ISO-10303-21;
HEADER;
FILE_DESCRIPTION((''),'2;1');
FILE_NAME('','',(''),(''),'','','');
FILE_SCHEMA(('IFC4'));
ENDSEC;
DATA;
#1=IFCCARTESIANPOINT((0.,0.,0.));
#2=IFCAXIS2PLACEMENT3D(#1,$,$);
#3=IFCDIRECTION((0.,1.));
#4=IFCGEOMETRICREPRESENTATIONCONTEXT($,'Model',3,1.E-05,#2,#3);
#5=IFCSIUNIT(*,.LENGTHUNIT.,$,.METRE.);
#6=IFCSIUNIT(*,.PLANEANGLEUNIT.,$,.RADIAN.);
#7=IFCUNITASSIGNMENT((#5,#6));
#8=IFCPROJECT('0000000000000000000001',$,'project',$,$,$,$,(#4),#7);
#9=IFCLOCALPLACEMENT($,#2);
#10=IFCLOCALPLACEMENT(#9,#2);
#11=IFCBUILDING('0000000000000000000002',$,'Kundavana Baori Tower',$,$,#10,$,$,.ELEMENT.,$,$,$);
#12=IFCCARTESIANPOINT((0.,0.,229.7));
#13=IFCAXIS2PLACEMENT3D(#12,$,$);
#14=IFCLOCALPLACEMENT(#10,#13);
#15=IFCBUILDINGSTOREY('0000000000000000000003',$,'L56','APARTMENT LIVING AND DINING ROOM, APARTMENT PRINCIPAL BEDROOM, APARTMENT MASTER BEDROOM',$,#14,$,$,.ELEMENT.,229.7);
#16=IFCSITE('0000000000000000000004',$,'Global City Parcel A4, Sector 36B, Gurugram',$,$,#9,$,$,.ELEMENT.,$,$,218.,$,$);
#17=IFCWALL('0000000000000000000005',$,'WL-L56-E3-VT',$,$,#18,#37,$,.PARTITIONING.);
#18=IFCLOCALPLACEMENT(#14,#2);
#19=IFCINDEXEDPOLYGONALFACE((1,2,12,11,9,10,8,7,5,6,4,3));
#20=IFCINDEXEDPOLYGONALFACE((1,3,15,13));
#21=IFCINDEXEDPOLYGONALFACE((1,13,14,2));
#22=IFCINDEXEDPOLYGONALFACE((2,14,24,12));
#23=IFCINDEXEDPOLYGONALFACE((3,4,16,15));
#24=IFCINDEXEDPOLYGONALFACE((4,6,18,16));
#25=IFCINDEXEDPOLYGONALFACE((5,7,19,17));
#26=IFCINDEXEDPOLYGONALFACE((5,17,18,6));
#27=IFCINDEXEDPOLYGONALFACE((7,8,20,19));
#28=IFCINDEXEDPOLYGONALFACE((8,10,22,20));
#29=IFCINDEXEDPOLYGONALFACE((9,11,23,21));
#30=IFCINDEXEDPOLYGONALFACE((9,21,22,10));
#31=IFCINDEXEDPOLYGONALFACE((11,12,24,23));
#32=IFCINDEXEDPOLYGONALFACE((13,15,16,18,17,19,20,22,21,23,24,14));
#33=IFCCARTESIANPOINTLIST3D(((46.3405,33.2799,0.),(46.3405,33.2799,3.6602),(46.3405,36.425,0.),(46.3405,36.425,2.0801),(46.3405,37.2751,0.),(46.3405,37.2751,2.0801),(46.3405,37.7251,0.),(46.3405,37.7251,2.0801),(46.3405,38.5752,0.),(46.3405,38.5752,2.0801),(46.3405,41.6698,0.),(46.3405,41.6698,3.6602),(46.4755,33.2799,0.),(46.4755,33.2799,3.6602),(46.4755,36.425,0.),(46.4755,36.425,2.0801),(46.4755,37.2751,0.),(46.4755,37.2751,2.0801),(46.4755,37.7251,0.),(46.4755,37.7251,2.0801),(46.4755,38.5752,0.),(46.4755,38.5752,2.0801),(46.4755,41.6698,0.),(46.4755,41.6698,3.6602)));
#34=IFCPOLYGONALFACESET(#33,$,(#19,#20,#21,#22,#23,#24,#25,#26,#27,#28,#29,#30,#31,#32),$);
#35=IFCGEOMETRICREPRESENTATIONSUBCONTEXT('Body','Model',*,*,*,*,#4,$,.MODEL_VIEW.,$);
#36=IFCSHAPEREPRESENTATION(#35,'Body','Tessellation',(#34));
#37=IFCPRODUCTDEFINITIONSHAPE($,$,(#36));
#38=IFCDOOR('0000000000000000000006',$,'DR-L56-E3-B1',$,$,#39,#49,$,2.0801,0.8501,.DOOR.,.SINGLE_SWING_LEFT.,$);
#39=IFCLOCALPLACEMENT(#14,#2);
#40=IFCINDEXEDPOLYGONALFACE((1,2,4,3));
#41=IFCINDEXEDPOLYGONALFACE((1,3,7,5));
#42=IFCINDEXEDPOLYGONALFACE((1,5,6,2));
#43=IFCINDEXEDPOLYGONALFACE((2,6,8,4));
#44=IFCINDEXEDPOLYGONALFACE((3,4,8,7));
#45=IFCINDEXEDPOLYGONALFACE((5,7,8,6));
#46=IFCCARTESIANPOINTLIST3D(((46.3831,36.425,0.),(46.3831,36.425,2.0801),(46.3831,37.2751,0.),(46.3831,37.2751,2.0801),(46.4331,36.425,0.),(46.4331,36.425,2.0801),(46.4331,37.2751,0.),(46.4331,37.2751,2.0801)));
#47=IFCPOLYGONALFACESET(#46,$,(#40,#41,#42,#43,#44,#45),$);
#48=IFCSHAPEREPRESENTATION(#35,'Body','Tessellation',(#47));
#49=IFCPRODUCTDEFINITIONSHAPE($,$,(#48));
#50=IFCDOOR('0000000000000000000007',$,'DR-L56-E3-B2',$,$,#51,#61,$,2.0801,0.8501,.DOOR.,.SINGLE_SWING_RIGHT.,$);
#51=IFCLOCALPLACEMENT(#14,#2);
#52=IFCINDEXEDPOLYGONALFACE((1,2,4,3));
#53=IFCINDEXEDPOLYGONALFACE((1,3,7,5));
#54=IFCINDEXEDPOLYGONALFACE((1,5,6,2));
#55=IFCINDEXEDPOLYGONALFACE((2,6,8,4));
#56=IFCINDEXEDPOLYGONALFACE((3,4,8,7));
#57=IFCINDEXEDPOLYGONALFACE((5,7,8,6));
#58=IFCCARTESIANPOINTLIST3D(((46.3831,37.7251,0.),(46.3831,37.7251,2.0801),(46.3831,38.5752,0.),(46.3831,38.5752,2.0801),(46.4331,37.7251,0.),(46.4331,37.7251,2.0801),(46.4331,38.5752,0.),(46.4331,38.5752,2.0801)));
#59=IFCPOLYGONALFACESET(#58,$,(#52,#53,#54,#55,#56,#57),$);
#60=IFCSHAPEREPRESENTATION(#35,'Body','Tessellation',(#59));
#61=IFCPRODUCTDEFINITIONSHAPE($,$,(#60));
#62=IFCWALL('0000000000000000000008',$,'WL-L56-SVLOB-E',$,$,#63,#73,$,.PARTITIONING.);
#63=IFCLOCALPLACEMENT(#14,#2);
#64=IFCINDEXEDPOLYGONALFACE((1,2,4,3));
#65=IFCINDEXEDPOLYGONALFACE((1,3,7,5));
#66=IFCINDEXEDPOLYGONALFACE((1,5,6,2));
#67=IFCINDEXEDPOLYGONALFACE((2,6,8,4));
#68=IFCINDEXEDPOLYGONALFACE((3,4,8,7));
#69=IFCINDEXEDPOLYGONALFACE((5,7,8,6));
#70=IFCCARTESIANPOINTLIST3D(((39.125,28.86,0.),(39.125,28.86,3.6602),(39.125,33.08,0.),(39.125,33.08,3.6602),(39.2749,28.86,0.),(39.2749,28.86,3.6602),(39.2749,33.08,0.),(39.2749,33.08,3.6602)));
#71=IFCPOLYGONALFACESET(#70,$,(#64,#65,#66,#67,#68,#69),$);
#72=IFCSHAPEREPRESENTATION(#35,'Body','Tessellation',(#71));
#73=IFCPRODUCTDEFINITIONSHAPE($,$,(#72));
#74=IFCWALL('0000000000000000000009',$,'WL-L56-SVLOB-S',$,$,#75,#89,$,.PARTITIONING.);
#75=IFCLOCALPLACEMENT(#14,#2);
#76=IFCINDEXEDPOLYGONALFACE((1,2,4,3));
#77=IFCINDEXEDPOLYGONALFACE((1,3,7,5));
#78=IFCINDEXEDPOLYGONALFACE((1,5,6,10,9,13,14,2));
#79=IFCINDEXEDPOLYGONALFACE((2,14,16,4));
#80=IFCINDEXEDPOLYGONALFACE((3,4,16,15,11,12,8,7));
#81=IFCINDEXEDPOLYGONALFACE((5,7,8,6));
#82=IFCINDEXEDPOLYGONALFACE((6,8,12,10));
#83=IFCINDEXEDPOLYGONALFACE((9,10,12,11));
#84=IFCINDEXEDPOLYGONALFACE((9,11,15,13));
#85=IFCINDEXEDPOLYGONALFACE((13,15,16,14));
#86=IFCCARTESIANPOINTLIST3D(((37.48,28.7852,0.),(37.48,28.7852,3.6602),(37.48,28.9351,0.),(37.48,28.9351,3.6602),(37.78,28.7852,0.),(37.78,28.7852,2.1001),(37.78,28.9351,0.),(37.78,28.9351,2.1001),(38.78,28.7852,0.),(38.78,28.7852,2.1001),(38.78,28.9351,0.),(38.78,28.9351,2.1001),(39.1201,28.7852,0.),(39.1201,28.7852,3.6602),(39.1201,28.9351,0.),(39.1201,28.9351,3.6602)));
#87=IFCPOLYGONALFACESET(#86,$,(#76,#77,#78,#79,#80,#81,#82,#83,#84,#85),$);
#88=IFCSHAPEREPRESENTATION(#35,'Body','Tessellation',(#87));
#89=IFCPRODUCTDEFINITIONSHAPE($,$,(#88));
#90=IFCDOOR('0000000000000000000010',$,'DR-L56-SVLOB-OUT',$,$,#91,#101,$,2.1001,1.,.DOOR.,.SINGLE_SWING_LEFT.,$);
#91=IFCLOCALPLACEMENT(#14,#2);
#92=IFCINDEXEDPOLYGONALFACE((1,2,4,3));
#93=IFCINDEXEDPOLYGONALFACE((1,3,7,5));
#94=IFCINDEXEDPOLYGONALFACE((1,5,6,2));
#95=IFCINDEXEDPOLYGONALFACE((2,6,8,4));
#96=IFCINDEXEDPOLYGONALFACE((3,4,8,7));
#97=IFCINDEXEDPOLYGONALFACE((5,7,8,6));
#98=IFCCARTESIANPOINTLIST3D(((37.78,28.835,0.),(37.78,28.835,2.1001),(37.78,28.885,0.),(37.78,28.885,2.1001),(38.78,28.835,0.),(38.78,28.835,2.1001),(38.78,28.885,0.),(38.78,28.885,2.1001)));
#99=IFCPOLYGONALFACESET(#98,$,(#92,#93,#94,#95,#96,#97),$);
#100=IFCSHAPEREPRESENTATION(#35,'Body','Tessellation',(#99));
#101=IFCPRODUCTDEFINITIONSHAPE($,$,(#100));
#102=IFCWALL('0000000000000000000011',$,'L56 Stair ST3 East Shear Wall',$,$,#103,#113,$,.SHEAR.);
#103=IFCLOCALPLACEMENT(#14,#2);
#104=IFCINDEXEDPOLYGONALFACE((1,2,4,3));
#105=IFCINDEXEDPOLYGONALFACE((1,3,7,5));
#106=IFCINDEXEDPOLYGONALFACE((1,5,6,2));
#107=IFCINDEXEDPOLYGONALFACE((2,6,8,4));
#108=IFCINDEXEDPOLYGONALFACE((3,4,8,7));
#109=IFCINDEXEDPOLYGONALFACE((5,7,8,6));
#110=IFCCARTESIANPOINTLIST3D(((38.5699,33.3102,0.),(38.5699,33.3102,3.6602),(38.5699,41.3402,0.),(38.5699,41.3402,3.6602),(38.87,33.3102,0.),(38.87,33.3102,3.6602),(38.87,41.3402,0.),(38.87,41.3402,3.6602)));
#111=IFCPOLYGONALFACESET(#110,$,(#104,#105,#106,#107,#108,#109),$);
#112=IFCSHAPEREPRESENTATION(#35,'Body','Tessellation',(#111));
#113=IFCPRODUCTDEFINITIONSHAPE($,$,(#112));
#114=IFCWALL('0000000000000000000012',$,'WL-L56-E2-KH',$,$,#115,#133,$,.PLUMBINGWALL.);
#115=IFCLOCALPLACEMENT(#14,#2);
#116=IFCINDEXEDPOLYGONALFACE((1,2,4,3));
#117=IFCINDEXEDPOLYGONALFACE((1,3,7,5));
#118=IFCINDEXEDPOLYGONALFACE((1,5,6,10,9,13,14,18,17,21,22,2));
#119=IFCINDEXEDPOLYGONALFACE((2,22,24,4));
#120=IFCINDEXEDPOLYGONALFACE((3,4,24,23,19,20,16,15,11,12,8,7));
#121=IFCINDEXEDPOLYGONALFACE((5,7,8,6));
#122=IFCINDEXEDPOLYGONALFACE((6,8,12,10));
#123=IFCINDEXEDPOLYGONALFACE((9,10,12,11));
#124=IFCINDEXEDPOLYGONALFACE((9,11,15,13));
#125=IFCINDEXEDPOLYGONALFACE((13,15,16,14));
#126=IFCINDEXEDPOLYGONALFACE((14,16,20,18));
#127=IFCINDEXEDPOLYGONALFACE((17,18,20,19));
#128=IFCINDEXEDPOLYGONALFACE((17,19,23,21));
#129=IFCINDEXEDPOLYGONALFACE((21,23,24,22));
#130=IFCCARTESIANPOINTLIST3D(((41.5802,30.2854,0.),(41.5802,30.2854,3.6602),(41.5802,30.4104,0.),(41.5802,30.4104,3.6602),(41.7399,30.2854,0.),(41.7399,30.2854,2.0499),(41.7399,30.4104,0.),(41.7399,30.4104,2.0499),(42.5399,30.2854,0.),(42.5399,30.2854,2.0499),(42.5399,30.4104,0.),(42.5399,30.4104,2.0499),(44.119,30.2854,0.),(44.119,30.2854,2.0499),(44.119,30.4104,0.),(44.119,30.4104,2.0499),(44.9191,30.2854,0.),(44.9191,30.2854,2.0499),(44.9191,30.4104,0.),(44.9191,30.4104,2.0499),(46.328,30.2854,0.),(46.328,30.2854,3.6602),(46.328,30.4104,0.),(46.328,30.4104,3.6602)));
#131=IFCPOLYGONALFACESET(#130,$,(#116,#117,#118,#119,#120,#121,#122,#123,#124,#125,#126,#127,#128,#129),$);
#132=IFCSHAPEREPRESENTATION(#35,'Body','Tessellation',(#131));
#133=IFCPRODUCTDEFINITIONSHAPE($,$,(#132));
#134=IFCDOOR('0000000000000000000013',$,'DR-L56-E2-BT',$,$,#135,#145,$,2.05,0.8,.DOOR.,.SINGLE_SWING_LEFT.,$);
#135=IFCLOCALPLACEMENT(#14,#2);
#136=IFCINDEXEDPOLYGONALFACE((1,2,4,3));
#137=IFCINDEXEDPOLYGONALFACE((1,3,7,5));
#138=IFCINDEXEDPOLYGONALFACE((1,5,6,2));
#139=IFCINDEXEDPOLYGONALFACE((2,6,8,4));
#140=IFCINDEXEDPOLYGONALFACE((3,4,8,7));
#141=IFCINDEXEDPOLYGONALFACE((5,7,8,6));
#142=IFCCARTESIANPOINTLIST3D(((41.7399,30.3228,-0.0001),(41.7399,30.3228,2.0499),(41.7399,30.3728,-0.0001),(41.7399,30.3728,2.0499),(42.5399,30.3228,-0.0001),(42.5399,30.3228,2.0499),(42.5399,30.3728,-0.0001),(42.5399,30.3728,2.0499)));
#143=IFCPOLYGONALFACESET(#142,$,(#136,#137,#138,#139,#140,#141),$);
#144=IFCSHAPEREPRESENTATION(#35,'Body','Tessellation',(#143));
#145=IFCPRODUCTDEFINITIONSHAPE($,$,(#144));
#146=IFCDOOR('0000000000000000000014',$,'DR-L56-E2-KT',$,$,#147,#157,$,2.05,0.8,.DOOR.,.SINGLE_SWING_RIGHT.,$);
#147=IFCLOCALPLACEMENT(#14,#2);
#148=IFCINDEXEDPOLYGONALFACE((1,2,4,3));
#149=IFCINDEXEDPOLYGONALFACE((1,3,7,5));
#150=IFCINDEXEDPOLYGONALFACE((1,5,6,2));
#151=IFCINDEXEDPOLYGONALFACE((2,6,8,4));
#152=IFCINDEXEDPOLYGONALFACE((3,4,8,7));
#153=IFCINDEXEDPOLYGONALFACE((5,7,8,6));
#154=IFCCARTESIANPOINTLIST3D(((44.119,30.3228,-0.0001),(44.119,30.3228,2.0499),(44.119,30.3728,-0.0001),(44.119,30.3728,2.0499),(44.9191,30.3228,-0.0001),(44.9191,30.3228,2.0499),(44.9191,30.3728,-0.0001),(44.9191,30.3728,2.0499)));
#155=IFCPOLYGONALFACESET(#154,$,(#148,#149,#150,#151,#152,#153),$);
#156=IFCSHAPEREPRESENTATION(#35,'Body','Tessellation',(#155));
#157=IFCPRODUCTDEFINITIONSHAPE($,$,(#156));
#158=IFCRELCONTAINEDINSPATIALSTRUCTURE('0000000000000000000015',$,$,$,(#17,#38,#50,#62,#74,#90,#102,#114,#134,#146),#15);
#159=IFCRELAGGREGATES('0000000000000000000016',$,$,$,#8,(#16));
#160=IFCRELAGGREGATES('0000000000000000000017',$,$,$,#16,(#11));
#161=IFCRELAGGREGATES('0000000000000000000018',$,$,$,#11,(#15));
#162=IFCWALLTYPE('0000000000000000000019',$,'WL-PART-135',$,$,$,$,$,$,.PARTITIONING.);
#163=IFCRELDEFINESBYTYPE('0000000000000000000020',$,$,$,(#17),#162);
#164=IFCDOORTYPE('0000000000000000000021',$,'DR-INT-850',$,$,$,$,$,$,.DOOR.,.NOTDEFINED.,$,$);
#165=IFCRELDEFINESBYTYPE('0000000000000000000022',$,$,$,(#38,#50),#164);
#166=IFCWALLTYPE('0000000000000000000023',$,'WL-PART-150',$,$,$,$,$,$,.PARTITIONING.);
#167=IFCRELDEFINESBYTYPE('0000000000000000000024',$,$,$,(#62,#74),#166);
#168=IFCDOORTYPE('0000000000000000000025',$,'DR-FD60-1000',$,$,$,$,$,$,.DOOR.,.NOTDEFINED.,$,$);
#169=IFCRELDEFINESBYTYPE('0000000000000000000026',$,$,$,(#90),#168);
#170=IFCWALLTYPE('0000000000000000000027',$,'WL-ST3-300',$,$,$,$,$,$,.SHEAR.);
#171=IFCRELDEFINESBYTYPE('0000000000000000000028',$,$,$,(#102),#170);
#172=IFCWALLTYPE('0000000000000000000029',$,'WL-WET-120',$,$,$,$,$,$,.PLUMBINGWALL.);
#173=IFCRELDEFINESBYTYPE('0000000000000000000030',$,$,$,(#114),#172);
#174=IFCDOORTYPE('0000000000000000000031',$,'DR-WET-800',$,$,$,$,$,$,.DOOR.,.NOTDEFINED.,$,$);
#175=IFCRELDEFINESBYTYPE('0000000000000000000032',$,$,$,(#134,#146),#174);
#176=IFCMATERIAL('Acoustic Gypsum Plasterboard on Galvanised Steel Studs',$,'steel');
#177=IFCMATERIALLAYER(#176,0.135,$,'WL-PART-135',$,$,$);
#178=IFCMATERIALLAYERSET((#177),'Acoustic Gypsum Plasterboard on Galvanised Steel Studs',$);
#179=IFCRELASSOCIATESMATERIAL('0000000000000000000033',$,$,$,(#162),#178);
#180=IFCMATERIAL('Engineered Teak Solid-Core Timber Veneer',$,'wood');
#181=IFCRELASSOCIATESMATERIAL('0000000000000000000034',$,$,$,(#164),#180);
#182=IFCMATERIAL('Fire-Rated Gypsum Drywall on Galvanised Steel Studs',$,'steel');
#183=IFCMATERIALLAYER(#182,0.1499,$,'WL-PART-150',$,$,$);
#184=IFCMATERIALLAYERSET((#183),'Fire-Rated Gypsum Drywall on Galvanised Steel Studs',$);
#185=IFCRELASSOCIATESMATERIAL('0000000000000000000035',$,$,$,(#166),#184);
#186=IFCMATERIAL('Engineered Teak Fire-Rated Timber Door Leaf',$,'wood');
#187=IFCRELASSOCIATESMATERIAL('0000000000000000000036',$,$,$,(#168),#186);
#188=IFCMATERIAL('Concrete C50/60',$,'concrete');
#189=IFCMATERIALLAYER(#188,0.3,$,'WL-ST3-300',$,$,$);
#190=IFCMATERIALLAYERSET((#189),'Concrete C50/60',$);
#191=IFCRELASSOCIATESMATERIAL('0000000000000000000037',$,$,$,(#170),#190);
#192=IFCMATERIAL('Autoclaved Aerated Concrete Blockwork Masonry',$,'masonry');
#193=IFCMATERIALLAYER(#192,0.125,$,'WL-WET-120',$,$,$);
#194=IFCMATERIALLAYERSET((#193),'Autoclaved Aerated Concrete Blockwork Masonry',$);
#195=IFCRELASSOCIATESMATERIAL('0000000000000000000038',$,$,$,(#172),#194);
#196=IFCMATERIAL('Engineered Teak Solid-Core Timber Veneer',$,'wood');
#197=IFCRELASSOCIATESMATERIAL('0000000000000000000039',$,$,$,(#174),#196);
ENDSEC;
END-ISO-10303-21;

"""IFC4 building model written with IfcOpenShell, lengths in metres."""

from ifc_helpers import new_model, si_unit, direction, frame, frame_2d, origin, place, context, subcontext, project, spatial, rectangle, extrude, material, layer, layer_set, type_object, element, fill, save


model = new_model("IFC4")

# Units and contexts
model_context = context("Model", 3, precision=1e-05, world=origin(), true_north=direction((0.0, 1.0)))
body_context = subcontext(model_context, "Body", "Model", "MODEL_VIEW")
ifc_project = project(units=[si_unit("LENGTHUNIT", "METRE"), si_unit("PLANEANGLEUNIT", "RADIAN")], contexts=[model_context])

# Site, building, storey
site_placement = place(None, origin())
site = spatial("IfcSite", under=ifc_project, at=site_placement, Name="Global City Parcel A4, Sector 36B, Gurugram", CompositionType="ELEMENT", RefElevation=218.0)
building_placement = place(site_placement, origin())
building = spatial("IfcBuilding", under=site, at=building_placement, Name="Kundavana Baori Tower", CompositionType="ELEMENT")
storey_placement = place(building_placement, frame((0.0, 0.0, 229.7)))
storey = spatial("IfcBuildingStorey", under=building, at=storey_placement, Name="L56", Description="APARTMENT LIVING AND DINING ROOM, APARTMENT PRINCIPAL BEDROOM, APARTMENT MASTER BEDROOM", CompositionType="ELEMENT", Elevation=229.7)

# Shared definitions
ifc_material_1 = material(Name="Acoustic Gypsum Plasterboard on Galvanised Steel Studs", Category="steel")
ifc_layer_1 = layer(ifc_material_1, 0.135, Name="WL-PART-135")
ifc_layer_set_1 = layer_set([ifc_layer_1], Name="Acoustic Gypsum Plasterboard on Galvanised Steel Studs")
wall_type_1 = type_object("IfcWallType", Name="WL-PART-135", PredefinedType="PARTITIONING", material=ifc_layer_set_1)

# Wall, openings, doors
wall_1_placement = place(storey_placement, frame((46.408, 33.28, 0.0), z_axis=(0.0, 0.0, 1.0), x_axis=(0.0, 1.0, 0.0)))
wall_1 = element("IfcWall", 1, at=wall_1_placement, inside=storey, type_object=wall_type_1, Name="WL-L56-E3-VT", PredefinedType="PARTITIONING", context=body_context, shape_type="SweptSolid", body=[
    extrude(rectangle(XDim=8.3899, YDim=0.135, at=frame_2d((4.1948, 0.0))), origin(), (0.0, 0.0, 1.0), 3.6602),
])
opening_1_placement = place(wall_1_placement, frame((3.145, 0.0, 0.0)))
opening_1 = element("IfcOpeningElement", 2, at=opening_1_placement, cuts=wall_1, PredefinedType="OPENING", context=body_context, shape_type="SweptSolid", body=[
    extrude(rectangle(XDim=0.8501, YDim=2.0801, at=frame_2d((0.425, 1.04))), frame((0.0, 0.0776, 0.0), z_axis=(0.0, -1.0, 0.0), x_axis=(1.0, 0.0, 0.0)), (0.0, 0.0, 1.0), 0.155),
])
opening_2_placement = place(wall_1_placement, frame((4.4451, 0.0, 0.0)))
opening_2 = element("IfcOpeningElement", 3, at=opening_2_placement, cuts=wall_1, PredefinedType="OPENING", context=body_context, shape_type="SweptSolid", body=[
    extrude(rectangle(XDim=0.8501, YDim=2.0801, at=frame_2d((0.425, 1.04))), frame((0.0, 0.0776, 0.0), z_axis=(0.0, -1.0, 0.0), x_axis=(1.0, 0.0, 0.0)), (0.0, 0.0, 1.0), 0.155),
])
ifc_material_2 = material(Name="Engineered Teak Solid-Core Timber Veneer", Category="wood")
door_type_1 = type_object("IfcDoorType", Name="DR-INT-850", OperationType="NOTDEFINED", PredefinedType="DOOR", material=ifc_material_2)
door_1_placement = place(opening_1_placement, origin())
door_1 = element("IfcDoor", 4, at=door_1_placement, inside=storey, type_object=door_type_1, Name="DR-L56-E3-B1", OperationType="SINGLE_SWING_LEFT", OverallHeight=2.0801, OverallWidth=0.8501, PredefinedType="DOOR", context=body_context, shape_type="SweptSolid", body=[
    extrude(rectangle(XDim=0.8501, YDim=2.0801, at=frame_2d((0.425, 1.04))), frame((0.0, 0.0249, 0.0), z_axis=(0.0, -1.0, 0.0), x_axis=(1.0, 0.0, 0.0)), (0.0, 0.0, 1.0), 0.05),
])
fill(opening_1, door_1)
door_2_placement = place(opening_2_placement, origin())
door_2 = element("IfcDoor", 5, at=door_2_placement, inside=storey, type_object=door_type_1, Name="DR-L56-E3-B2", OperationType="SINGLE_SWING_RIGHT", OverallHeight=2.0801, OverallWidth=0.8501, PredefinedType="DOOR", context=body_context, shape_type="SweptSolid", body=[
    extrude(rectangle(XDim=0.8501, YDim=2.0801, at=frame_2d((0.425, 1.04))), frame((0.0, 0.0249, 0.0), z_axis=(0.0, -1.0, 0.0), x_axis=(1.0, 0.0, 0.0)), (0.0, 0.0, 1.0), 0.05),
])
fill(opening_2, door_2)

# Wall
ifc_material_3 = material(Name="Fire-Rated Gypsum Drywall on Galvanised Steel Studs", Category="steel")
ifc_layer_2 = layer(ifc_material_3, 0.1499, Name="WL-PART-150")
ifc_layer_set_2 = layer_set([ifc_layer_2], Name="Fire-Rated Gypsum Drywall on Galvanised Steel Studs")
wall_type_2 = type_object("IfcWallType", Name="WL-PART-150", PredefinedType="PARTITIONING", material=ifc_layer_set_2)
wall_2_placement = place(storey_placement, frame((39.2, 28.8601, 0.0), z_axis=(0.0, 0.0, 1.0), x_axis=(0.0, 1.0, 0.0)))
element("IfcWall", 6, at=wall_2_placement, inside=storey, type_object=wall_type_2, Name="WL-L56-SVLOB-E", PredefinedType="PARTITIONING", context=body_context, shape_type="SweptSolid", body=[
    extrude(rectangle(XDim=4.22, YDim=0.1499, at=frame_2d((2.1099, 0.0))), origin(), (0.0, 0.0, 1.0), 3.6602),
])

# Wall, opening, door
wall_3_placement = place(storey_placement, frame((37.48, 28.8601, 0.0), z_axis=(0.0, 0.0, 1.0), x_axis=(1.0, 0.0, 0.0)))
wall_3 = element("IfcWall", 7, at=wall_3_placement, inside=storey, type_object=wall_type_2, Name="WL-L56-SVLOB-S", PredefinedType="PARTITIONING", context=body_context, shape_type="SweptSolid", body=[
    extrude(rectangle(XDim=1.6401, YDim=0.1499, at=frame_2d((0.8201, 0.0))), origin(), (0.0, 0.0, 1.0), 3.6602),
])
opening_3_placement = place(wall_3_placement, frame((0.3, 0.0, 0.0)))
opening_3 = element("IfcOpeningElement", 8, at=opening_3_placement, cuts=wall_3, PredefinedType="OPENING", context=body_context, shape_type="SweptSolid", body=[
    extrude(rectangle(XDim=1.0, YDim=2.1001, at=frame_2d((0.5, 1.05))), frame((0.0, 0.085, 0.0), z_axis=(0.0, -1.0, 0.0), x_axis=(1.0, 0.0, 0.0)), (0.0, 0.0, 1.0), 0.1699),
])
ifc_material_4 = material(Name="Engineered Teak Fire-Rated Timber Door Leaf", Category="wood")
door_type_2 = type_object("IfcDoorType", Name="DR-FD60-1000", OperationType="NOTDEFINED", PredefinedType="DOOR", material=ifc_material_4)
door_3_placement = place(opening_3_placement, origin())
door_3 = element("IfcDoor", 9, at=door_3_placement, inside=storey, type_object=door_type_2, Name="DR-L56-SVLOB-OUT", OperationType="SINGLE_SWING_LEFT", OverallHeight=2.1001, OverallWidth=1.0, PredefinedType="DOOR", context=body_context, shape_type="SweptSolid", body=[
    extrude(rectangle(XDim=1.0, YDim=2.1001, at=frame_2d((0.5, 1.05))), frame((0.0, 0.0249, 0.0), z_axis=(0.0, -1.0, 0.0), x_axis=(1.0, 0.0, 0.0)), (0.0, 0.0, 1.0), 0.05),
])
fill(opening_3, door_3)

# Wall
ifc_material_5 = material(Name="Concrete C50/60", Category="concrete")
ifc_layer_3 = layer(ifc_material_5, 0.3, Name="WL-ST3-300")
ifc_layer_set_3 = layer_set([ifc_layer_3], Name="Concrete C50/60")
wall_type_3 = type_object("IfcWallType", Name="WL-ST3-300", PredefinedType="SHEAR", material=ifc_layer_set_3)
wall_4_placement = place(storey_placement, frame((38.72, 33.3101, 0.0), z_axis=(0.0, 0.0, 1.0), x_axis=(0.0, 1.0, 0.0)))
element("IfcWall", 10, at=wall_4_placement, inside=storey, type_object=wall_type_3, Name="L56 Stair ST3 East Shear Wall", PredefinedType="SHEAR", context=body_context, shape_type="SweptSolid", body=[
    extrude(rectangle(XDim=8.03, YDim=0.3, at=frame_2d((4.0151, 0.0))), origin(), (0.0, 0.0, 1.0), 3.6602),
])

# Wall, openings, doors
ifc_material_6 = material(Name="Autoclaved Aerated Concrete Blockwork Masonry", Category="masonry")
ifc_layer_4 = layer(ifc_material_6, 0.125, Name="WL-WET-120")
ifc_layer_set_4 = layer_set([ifc_layer_4], Name="Autoclaved Aerated Concrete Blockwork Masonry")
wall_type_4 = type_object("IfcWallType", Name="WL-WET-120", PredefinedType="PLUMBINGWALL", material=ifc_layer_set_4)
wall_5_placement = place(storey_placement, frame((41.5801, 30.3479, 0.0), z_axis=(0.0, 0.0, 1.0), x_axis=(1.0, 0.0, 0.0)))
wall_5 = element("IfcWall", 11, at=wall_5_placement, inside=storey, type_object=wall_type_4, Name="WL-L56-E2-KH", PredefinedType="PLUMBINGWALL", context=body_context, shape_type="SweptSolid", body=[
    extrude(rectangle(XDim=4.7478, YDim=0.125, at=frame_2d((2.374, 0.0))), origin(), (0.0, 0.0, 1.0), 3.6602),
])
opening_4_placement = place(wall_5_placement, frame((0.1599, 0.0, 0.0)))
opening_4 = element("IfcOpeningElement", 12, at=opening_4_placement, cuts=wall_5, PredefinedType="OPENING", context=body_context, shape_type="SweptSolid", body=[
    extrude(rectangle(XDim=0.8, YDim=2.05, at=frame_2d((0.3999, 1.0249))), frame((0.0, 0.0725, 0.0), z_axis=(0.0, -1.0, 0.0), x_axis=(1.0, 0.0, 0.0)), (0.0, 0.0, 1.0), 0.145),
])
opening_5_placement = place(wall_5_placement, frame((2.5391, 0.0, 0.0)))
opening_5 = element("IfcOpeningElement", 13, at=opening_5_placement, cuts=wall_5, PredefinedType="OPENING", context=body_context, shape_type="SweptSolid", body=[
    extrude(rectangle(XDim=0.8, YDim=2.05, at=frame_2d((0.3999, 1.0249))), frame((0.0, 0.0725, 0.0), z_axis=(0.0, -1.0, 0.0), x_axis=(1.0, 0.0, 0.0)), (0.0, 0.0, 1.0), 0.145),
])
ifc_material_7 = material(Name="Engineered Teak Solid-Core Timber Veneer", Category="wood")
door_type_3 = type_object("IfcDoorType", Name="DR-WET-800", OperationType="NOTDEFINED", PredefinedType="DOOR", material=ifc_material_7)
door_4_placement = place(opening_4_placement, origin())
door_4 = element("IfcDoor", 14, at=door_4_placement, inside=storey, type_object=door_type_3, Name="DR-L56-E2-BT", OperationType="SINGLE_SWING_LEFT", OverallHeight=2.05, OverallWidth=0.8, PredefinedType="DOOR", context=body_context, shape_type="SweptSolid", body=[
    extrude(rectangle(XDim=0.8, YDim=2.05, at=frame_2d((0.3999, 1.0249))), frame((0.0, 0.0249, 0.0), z_axis=(0.0, -1.0, 0.0), x_axis=(1.0, 0.0, 0.0)), (0.0, 0.0, 1.0), 0.05),
])
fill(opening_4, door_4)
door_5_placement = place(opening_5_placement, origin())
door_5 = element("IfcDoor", 15, at=door_5_placement, inside=storey, type_object=door_type_3, Name="DR-L56-E2-KT", OperationType="SINGLE_SWING_RIGHT", OverallHeight=2.05, OverallWidth=0.8, PredefinedType="DOOR", context=body_context, shape_type="SweptSolid", body=[
    extrude(rectangle(XDim=0.8, YDim=2.05, at=frame_2d((0.3999, 1.0249))), frame((0.0, 0.0249, 0.0), z_axis=(0.0, -1.0, 0.0), x_axis=(1.0, 0.0, 0.0)), (0.0, 0.0, 1.0), 0.05),
])
fill(opening_5, door_5)

save(model, "model.ifc")
